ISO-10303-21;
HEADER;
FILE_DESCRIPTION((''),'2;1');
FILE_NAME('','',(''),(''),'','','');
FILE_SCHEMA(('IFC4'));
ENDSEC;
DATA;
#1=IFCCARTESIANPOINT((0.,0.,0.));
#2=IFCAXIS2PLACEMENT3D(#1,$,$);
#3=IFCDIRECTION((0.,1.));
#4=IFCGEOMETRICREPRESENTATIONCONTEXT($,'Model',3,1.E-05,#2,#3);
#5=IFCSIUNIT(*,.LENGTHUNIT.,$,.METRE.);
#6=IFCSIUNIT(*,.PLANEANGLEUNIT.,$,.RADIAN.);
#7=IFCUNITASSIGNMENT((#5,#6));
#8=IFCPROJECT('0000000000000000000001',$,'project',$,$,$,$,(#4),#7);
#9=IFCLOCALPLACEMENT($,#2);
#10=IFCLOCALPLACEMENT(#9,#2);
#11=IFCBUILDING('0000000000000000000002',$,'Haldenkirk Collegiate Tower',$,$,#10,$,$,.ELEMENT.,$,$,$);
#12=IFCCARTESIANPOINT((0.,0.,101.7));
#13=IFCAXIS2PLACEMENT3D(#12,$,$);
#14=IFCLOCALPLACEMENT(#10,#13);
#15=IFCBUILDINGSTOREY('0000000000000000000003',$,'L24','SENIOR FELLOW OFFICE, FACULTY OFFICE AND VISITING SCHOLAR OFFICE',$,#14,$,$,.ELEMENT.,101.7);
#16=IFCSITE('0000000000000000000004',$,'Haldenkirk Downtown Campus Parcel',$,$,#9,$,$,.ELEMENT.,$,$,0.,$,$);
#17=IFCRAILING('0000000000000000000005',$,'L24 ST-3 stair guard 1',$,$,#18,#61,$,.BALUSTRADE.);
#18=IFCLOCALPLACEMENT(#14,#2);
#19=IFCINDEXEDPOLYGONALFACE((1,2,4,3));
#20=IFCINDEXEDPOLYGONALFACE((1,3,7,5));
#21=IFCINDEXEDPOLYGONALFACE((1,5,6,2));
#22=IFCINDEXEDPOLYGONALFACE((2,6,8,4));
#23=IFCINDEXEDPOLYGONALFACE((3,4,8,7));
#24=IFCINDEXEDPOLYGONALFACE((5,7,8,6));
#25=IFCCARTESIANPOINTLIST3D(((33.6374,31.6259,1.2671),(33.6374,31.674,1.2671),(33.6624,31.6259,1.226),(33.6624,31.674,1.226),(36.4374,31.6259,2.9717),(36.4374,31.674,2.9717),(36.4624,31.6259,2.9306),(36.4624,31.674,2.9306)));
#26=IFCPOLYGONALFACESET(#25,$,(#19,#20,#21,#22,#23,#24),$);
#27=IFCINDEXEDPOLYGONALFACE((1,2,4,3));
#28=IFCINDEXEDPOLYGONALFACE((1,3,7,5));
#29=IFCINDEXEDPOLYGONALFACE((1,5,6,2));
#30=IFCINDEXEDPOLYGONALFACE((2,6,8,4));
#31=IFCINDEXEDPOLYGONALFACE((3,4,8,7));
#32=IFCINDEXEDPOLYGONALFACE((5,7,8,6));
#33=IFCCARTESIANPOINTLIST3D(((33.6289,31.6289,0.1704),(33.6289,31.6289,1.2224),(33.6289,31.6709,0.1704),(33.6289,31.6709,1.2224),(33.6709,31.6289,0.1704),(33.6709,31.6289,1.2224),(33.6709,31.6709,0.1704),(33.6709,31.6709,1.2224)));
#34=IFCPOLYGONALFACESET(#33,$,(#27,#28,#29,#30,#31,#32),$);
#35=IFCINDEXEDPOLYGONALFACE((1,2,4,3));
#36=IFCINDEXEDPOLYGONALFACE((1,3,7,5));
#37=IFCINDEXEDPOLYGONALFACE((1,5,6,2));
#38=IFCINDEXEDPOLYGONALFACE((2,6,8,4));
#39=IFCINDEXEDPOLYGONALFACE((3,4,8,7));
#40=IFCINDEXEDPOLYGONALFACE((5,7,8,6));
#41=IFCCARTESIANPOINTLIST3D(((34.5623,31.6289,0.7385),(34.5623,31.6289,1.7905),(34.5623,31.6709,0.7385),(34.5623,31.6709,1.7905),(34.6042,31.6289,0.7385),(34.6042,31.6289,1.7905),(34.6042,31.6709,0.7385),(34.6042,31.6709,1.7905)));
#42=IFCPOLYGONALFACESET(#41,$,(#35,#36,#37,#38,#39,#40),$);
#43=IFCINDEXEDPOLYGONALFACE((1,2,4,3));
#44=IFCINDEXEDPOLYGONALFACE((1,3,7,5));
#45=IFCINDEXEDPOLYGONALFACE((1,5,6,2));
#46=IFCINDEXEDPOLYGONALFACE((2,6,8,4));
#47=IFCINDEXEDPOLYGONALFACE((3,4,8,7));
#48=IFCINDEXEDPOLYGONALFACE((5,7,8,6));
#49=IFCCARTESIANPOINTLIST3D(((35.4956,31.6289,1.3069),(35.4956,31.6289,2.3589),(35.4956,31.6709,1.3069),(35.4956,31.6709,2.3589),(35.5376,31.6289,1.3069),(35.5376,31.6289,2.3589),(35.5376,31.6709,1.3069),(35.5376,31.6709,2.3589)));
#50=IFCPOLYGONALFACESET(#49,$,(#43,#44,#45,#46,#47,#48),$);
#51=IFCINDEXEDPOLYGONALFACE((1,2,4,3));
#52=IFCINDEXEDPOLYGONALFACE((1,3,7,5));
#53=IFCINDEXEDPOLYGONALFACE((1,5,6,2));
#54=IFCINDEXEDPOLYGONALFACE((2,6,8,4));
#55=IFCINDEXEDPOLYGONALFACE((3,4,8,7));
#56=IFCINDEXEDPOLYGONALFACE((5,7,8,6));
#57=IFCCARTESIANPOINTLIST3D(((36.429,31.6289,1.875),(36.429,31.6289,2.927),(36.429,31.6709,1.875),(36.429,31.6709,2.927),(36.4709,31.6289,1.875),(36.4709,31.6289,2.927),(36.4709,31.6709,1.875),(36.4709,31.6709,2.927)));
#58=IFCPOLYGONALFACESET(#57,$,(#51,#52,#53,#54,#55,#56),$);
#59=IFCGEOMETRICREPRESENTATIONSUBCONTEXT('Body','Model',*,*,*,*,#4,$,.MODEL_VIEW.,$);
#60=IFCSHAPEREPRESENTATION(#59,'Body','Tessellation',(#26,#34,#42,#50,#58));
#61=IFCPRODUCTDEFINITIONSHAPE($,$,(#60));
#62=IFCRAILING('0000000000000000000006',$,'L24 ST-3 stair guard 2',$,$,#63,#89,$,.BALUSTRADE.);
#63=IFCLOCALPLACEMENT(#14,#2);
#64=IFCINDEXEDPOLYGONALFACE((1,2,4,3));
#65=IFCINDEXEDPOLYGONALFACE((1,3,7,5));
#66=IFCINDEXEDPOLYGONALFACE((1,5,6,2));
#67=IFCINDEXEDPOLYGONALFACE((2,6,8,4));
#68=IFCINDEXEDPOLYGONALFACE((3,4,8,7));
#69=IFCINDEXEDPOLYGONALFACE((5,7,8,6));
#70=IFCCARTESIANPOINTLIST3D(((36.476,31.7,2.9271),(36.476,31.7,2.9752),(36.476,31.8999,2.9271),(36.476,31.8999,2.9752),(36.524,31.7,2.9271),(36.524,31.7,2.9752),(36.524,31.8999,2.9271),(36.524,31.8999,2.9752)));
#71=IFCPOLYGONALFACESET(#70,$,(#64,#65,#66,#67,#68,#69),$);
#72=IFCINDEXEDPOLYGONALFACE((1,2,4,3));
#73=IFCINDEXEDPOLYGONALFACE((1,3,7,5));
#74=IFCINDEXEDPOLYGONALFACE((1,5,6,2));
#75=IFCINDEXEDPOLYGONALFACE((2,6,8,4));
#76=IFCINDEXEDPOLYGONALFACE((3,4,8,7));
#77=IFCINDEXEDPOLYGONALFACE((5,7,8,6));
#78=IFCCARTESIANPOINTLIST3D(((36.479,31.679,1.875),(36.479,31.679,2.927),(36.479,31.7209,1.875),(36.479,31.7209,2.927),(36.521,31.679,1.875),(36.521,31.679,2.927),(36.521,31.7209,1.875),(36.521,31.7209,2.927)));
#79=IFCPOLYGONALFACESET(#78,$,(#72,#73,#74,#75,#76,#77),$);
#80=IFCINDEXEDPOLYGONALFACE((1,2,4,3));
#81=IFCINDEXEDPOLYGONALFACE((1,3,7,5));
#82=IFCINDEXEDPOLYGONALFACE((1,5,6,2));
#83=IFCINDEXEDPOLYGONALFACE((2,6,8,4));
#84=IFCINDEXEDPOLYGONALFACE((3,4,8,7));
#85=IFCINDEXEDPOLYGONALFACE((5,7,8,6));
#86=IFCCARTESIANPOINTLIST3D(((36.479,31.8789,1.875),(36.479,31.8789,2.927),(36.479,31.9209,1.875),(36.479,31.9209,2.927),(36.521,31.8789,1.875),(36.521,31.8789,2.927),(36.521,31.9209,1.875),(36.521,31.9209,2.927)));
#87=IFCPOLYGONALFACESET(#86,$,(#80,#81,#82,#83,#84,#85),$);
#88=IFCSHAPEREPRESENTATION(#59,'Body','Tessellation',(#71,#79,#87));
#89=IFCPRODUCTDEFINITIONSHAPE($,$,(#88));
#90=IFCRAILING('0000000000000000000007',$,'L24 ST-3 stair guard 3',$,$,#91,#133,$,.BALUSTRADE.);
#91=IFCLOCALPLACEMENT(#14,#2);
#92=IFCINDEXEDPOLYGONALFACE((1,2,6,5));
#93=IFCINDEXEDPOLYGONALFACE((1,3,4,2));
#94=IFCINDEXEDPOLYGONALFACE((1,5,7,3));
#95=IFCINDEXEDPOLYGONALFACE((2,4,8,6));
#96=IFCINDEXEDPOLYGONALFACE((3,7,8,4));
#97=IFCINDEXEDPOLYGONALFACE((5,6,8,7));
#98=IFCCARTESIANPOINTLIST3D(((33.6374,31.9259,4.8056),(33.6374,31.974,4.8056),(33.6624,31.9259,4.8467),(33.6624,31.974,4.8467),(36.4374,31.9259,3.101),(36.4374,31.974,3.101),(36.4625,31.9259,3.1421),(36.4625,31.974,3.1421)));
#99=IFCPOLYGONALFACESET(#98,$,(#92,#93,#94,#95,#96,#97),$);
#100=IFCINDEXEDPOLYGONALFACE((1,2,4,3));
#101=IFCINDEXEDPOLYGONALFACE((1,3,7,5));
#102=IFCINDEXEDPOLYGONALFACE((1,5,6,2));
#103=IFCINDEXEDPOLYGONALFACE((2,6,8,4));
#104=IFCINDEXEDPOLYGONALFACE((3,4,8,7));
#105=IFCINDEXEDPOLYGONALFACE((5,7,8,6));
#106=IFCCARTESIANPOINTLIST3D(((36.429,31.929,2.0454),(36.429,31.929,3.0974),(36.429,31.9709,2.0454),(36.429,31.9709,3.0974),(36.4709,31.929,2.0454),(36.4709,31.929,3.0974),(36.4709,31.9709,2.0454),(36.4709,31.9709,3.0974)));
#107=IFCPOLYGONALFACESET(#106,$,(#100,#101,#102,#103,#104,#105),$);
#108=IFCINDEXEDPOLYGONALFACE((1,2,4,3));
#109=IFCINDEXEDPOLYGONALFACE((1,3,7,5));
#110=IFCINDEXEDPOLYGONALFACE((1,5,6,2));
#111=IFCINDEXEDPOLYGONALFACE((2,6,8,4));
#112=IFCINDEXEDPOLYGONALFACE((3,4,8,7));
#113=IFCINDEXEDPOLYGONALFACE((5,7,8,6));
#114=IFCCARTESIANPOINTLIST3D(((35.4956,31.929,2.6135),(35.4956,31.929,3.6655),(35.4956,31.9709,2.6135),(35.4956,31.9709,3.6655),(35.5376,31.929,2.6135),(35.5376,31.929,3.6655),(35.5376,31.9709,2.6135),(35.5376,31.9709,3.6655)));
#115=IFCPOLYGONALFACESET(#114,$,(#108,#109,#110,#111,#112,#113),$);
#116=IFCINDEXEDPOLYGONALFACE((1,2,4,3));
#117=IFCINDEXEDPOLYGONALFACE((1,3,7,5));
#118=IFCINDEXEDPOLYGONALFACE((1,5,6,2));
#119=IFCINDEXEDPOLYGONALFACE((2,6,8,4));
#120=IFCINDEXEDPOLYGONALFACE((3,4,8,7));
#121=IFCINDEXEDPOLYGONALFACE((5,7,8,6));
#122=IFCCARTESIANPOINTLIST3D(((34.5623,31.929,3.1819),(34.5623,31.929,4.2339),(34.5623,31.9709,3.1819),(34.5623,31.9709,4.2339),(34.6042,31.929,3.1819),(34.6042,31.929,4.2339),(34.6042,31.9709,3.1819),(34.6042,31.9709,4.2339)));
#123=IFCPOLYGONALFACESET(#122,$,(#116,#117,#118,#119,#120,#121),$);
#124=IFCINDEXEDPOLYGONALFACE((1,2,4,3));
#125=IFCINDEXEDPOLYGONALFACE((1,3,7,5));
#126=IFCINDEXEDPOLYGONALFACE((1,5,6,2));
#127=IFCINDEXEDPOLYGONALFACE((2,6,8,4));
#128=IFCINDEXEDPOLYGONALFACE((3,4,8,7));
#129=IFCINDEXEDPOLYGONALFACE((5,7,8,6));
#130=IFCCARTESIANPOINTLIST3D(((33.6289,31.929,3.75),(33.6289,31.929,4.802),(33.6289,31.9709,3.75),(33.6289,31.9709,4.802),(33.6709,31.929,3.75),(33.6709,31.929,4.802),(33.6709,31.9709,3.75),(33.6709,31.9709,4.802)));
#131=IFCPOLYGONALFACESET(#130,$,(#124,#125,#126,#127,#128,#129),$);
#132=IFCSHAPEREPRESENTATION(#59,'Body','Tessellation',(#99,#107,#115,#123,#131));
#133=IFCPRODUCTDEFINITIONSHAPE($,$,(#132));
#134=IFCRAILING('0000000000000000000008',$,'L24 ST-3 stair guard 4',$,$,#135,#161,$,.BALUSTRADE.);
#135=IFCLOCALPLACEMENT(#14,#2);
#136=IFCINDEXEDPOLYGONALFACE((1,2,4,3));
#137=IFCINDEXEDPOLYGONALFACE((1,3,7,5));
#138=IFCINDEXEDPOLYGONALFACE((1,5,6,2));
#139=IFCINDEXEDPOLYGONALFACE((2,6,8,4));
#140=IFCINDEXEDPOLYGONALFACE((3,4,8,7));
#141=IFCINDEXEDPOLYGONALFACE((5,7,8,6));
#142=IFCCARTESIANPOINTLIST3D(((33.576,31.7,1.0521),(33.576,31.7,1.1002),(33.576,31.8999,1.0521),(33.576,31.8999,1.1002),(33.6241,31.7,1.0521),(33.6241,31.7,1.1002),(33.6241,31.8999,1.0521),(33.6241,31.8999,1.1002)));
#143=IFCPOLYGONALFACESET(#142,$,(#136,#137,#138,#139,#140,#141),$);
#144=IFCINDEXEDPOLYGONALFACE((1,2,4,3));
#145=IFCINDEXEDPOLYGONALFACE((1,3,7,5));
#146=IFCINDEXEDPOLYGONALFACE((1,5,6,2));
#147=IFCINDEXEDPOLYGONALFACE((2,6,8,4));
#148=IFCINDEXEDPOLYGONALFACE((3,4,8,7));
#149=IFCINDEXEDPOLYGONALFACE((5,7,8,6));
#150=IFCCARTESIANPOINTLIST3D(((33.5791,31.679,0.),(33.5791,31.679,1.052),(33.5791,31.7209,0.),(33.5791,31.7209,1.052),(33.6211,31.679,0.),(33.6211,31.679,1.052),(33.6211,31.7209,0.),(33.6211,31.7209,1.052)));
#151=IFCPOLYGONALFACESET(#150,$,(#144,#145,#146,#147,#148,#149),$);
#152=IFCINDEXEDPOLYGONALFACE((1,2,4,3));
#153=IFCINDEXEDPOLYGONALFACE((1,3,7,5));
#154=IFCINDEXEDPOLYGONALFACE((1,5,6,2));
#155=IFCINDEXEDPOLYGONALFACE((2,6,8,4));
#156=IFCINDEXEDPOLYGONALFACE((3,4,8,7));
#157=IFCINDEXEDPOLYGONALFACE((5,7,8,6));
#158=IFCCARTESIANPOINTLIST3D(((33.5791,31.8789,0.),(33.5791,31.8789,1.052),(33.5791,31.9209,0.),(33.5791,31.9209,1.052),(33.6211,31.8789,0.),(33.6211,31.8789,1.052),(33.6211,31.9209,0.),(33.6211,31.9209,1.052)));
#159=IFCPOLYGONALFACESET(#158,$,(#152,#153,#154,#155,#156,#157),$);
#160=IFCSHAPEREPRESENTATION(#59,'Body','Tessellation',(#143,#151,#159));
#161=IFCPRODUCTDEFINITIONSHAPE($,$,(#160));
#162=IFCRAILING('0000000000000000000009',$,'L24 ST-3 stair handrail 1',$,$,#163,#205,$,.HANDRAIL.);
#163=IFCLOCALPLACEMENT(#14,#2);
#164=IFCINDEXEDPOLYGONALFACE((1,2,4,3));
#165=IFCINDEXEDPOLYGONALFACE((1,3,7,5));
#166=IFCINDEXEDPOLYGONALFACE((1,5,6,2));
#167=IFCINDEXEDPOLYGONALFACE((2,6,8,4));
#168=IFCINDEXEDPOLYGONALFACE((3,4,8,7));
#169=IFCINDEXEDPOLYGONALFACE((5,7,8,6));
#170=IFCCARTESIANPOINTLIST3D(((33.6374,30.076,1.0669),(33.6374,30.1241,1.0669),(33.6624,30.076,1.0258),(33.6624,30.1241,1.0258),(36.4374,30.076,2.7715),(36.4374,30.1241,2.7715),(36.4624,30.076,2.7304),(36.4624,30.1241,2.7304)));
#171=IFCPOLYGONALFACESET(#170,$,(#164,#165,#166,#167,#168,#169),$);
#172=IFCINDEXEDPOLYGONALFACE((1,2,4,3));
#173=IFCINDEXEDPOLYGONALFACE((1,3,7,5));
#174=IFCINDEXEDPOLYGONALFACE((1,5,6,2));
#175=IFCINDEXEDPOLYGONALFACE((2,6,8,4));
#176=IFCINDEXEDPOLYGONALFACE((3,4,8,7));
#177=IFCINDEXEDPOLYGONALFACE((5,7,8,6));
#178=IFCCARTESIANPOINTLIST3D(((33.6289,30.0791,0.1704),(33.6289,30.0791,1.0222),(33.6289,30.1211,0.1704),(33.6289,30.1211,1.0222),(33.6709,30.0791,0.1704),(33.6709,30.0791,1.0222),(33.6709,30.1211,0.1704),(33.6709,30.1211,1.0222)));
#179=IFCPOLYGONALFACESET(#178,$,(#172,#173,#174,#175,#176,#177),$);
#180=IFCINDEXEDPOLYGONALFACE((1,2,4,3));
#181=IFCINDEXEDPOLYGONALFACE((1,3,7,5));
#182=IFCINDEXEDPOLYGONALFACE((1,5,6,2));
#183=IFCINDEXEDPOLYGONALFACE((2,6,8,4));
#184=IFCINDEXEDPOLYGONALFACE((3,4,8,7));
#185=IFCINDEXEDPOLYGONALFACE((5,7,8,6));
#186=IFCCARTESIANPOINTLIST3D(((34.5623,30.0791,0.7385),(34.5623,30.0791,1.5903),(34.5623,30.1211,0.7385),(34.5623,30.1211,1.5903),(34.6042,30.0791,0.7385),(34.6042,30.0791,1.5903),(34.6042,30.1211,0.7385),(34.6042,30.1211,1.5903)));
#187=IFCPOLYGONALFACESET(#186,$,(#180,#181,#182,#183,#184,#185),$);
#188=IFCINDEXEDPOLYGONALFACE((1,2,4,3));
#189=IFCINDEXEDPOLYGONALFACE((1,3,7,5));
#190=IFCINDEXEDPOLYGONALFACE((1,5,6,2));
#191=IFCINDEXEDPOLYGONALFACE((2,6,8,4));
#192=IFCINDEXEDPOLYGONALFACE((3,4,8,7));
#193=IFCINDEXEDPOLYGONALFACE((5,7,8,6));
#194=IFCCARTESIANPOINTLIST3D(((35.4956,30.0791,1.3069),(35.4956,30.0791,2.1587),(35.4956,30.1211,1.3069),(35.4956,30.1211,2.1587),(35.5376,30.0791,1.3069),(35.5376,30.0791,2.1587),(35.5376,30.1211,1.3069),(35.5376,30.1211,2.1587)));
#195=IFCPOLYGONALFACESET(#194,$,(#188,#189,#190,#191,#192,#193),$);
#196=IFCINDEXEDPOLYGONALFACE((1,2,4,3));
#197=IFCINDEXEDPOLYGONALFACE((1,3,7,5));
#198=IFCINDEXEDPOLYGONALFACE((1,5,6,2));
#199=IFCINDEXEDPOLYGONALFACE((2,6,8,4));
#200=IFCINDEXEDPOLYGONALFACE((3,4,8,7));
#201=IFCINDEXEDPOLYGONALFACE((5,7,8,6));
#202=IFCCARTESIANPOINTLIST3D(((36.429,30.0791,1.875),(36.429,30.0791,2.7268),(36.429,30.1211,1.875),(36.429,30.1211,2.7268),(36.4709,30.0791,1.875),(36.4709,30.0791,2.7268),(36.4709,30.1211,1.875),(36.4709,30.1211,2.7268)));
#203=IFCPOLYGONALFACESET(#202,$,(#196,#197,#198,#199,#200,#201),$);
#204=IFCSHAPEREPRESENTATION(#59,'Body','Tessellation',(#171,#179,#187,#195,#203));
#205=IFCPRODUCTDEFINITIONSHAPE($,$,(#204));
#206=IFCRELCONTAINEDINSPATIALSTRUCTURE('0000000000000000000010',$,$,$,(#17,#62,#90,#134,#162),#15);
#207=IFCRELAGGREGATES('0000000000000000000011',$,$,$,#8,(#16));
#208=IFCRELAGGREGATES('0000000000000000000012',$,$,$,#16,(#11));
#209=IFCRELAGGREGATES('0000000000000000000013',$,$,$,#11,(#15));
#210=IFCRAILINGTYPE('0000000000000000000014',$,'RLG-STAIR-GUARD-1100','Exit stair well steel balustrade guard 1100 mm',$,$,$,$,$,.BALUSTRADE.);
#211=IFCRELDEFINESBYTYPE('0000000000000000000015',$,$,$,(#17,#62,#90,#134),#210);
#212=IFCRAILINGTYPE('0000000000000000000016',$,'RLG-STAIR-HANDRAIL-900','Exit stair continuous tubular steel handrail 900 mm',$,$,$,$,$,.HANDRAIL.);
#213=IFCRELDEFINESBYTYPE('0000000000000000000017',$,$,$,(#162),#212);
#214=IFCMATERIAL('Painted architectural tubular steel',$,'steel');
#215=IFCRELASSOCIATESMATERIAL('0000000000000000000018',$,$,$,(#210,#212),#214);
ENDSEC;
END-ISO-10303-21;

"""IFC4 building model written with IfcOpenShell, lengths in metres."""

from ifc_helpers import new_model, si_unit, direction, frame, origin, origin_2d, place, context, subcontext, project, spatial, rectangle, extrude, material, type_object, element, save


model = new_model("IFC4")

# Units and contexts
model_context = context("Model", 3, precision=1e-05, world=origin(), true_north=direction((0.0, 1.0)))
body_context = subcontext(model_context, "Body", "Model", "MODEL_VIEW")
ifc_project = project(units=[si_unit("LENGTHUNIT", "METRE"), si_unit("PLANEANGLEUNIT", "RADIAN")], contexts=[model_context])

# Site, building, storey
site_placement = place(None, origin())
site = spatial("IfcSite", under=ifc_project, at=site_placement, Name="Haldenkirk Downtown Campus Parcel", CompositionType="ELEMENT", RefElevation=0.0)
building_placement = place(site_placement, origin())
building = spatial("IfcBuilding", under=site, at=building_placement, Name="Haldenkirk Collegiate Tower", CompositionType="ELEMENT")
storey_placement = place(building_placement, frame((0.0, 0.0, 101.7)))
storey = spatial("IfcBuildingStorey", under=building, at=storey_placement, Name="L24", Description="SENIOR FELLOW OFFICE, FACULTY OFFICE AND VISITING SCHOLAR OFFICE", CompositionType="ELEMENT", Elevation=101.7)

# Railings
ifc_material_1 = material(Name="Painted architectural tubular steel", Category="steel")
railing_type_1 = type_object("IfcRailingType", Name="RLG-STAIR-GUARD-1100", Description="Exit stair well steel balustrade guard 1100 mm", PredefinedType="BALUSTRADE", material=ifc_material_1)
railing_1_placement = place(storey_placement, frame((33.6499, 31.6499, 0.1704)))
element("IfcRailing", 1, at=railing_1_placement, inside=storey, type_object=railing_type_1, Name="L24 ST-3 stair guard 1", PredefinedType="BALUSTRADE", context=body_context, shape_type="SweptSolid", body=[
    extrude(rectangle(XDim=0.0481, YDim=0.0481, at=origin_2d()), frame((0.0, 0.0, 1.0762), z_axis=(0.85417, 0.0, 0.519994), x_axis=(0.0, 1.0, 0.0)), (0.0, 0.0, 1.0), 3.2781),
    extrude(rectangle(XDim=0.042, YDim=0.042, at=origin_2d()), origin(), (0.0, 0.0, 1.0), 1.052),
    extrude(rectangle(XDim=0.042, YDim=0.042, at=origin_2d()), frame((0.9333, 0.0, 0.5681)), (0.0, 0.0, 1.0), 1.052),
    extrude(rectangle(XDim=0.042, YDim=0.042, at=origin_2d()), frame((1.8667, 0.0, 1.1365)), (0.0, 0.0, 1.0), 1.052),
    extrude(rectangle(XDim=0.042, YDim=0.042, at=origin_2d()), frame((2.8, 0.0, 1.7046)), (0.0, 0.0, 1.0), 1.052),
])
railing_2_placement = place(storey_placement, frame((36.5, 31.7, 1.875)))
element("IfcRailing", 2, at=railing_2_placement, inside=storey, type_object=railing_type_1, Name="L24 ST-3 stair guard 2", PredefinedType="BALUSTRADE", context=body_context, shape_type="SweptSolid", body=[
    extrude(rectangle(XDim=0.0481, YDim=0.0481, at=origin_2d()), frame((0.0, 0.0, 1.0762), z_axis=(0.0, 1.0, 0.0), x_axis=(-1.0, 0.0, 0.0)), (0.0, 0.0, 1.0), 0.2),
    extrude(rectangle(XDim=0.042, YDim=0.042, at=origin_2d()), origin(), (0.0, 0.0, 1.0), 1.052),
    extrude(rectangle(XDim=0.042, YDim=0.042, at=origin_2d()), frame((0.0, 0.2, 0.0)), (0.0, 0.0, 1.0), 1.052),
])
railing_3_placement = place(storey_placement, frame((36.45, 31.95, 2.0454)))
element("IfcRailing", 3, at=railing_3_placement, inside=storey, type_object=railing_type_1, Name="L24 ST-3 stair guard 3", PredefinedType="BALUSTRADE", context=body_context, shape_type="SweptSolid", body=[
    extrude(rectangle(XDim=0.0481, YDim=0.0481, at=origin_2d()), frame((0.0, 0.0, 1.0762), z_axis=(-0.85417, 0.0, 0.519994), x_axis=(0.0, -1.0, 0.0)), (0.0, 0.0, 1.0), 3.2781),
    extrude(rectangle(XDim=0.042, YDim=0.042, at=origin_2d()), origin(), (0.0, 0.0, 1.0), 1.052),
    extrude(rectangle(XDim=0.042, YDim=0.042, at=origin_2d()), frame((-0.9333, 0.0, 0.5681)), (0.0, 0.0, 1.0), 1.052),
    extrude(rectangle(XDim=0.042, YDim=0.042, at=origin_2d()), frame((-1.8667, 0.0, 1.1365)), (0.0, 0.0, 1.0), 1.052),
    extrude(rectangle(XDim=0.042, YDim=0.042, at=origin_2d()), frame((-2.8, 0.0, 1.7046)), (0.0, 0.0, 1.0), 1.052),
])
railing_4_placement = place(storey_placement, frame((33.6001, 31.7, 0.0)))
element("IfcRailing", 4, at=railing_4_placement, inside=storey, type_object=railing_type_1, Name="L24 ST-3 stair guard 4", PredefinedType="BALUSTRADE", context=body_context, shape_type="SweptSolid", body=[
    extrude(rectangle(XDim=0.0481, YDim=0.0481, at=origin_2d()), frame((0.0, 0.0, 1.0762), z_axis=(0.0, 1.0, 0.0), x_axis=(-1.0, 0.0, 0.0)), (0.0, 0.0, 1.0), 0.2),
    extrude(rectangle(XDim=0.042, YDim=0.042, at=origin_2d()), origin(), (0.0, 0.0, 1.0), 1.052),
    extrude(rectangle(XDim=0.042, YDim=0.042, at=origin_2d()), frame((0.0, 0.2, 0.0)), (0.0, 0.0, 1.0), 1.052),
])
railing_type_2 = type_object("IfcRailingType", Name="RLG-STAIR-HANDRAIL-900", Description="Exit stair continuous tubular steel handrail 900 mm", PredefinedType="HANDRAIL", material=ifc_material_1)
railing_5_placement = place(storey_placement, frame((33.6499, 30.1001, 0.1704)))
element("IfcRailing", 5, at=railing_5_placement, inside=storey, type_object=railing_type_2, Name="L24 ST-3 stair handrail 1", PredefinedType="HANDRAIL", context=body_context, shape_type="SweptSolid", body=[
    extrude(rectangle(XDim=0.0481, YDim=0.0481, at=origin_2d()), frame((0.0, 0.0, 0.876), z_axis=(0.85417, 0.0, 0.519994), x_axis=(0.0, 1.0, 0.0)), (0.0, 0.0, 1.0), 3.2781),
    extrude(rectangle(XDim=0.042, YDim=0.042, at=origin_2d()), origin(), (0.0, 0.0, 1.0), 0.8518),
    extrude(rectangle(XDim=0.042, YDim=0.042, at=origin_2d()), frame((0.9333, 0.0, 0.5681)), (0.0, 0.0, 1.0), 0.8518),
    extrude(rectangle(XDim=0.042, YDim=0.042, at=origin_2d()), frame((1.8667, 0.0, 1.1365)), (0.0, 0.0, 1.0), 0.8518),
    extrude(rectangle(XDim=0.042, YDim=0.042, at=origin_2d()), frame((2.8, 0.0, 1.7046)), (0.0, 0.0, 1.0), 0.8518),
])

save(model, "model.ifc")
